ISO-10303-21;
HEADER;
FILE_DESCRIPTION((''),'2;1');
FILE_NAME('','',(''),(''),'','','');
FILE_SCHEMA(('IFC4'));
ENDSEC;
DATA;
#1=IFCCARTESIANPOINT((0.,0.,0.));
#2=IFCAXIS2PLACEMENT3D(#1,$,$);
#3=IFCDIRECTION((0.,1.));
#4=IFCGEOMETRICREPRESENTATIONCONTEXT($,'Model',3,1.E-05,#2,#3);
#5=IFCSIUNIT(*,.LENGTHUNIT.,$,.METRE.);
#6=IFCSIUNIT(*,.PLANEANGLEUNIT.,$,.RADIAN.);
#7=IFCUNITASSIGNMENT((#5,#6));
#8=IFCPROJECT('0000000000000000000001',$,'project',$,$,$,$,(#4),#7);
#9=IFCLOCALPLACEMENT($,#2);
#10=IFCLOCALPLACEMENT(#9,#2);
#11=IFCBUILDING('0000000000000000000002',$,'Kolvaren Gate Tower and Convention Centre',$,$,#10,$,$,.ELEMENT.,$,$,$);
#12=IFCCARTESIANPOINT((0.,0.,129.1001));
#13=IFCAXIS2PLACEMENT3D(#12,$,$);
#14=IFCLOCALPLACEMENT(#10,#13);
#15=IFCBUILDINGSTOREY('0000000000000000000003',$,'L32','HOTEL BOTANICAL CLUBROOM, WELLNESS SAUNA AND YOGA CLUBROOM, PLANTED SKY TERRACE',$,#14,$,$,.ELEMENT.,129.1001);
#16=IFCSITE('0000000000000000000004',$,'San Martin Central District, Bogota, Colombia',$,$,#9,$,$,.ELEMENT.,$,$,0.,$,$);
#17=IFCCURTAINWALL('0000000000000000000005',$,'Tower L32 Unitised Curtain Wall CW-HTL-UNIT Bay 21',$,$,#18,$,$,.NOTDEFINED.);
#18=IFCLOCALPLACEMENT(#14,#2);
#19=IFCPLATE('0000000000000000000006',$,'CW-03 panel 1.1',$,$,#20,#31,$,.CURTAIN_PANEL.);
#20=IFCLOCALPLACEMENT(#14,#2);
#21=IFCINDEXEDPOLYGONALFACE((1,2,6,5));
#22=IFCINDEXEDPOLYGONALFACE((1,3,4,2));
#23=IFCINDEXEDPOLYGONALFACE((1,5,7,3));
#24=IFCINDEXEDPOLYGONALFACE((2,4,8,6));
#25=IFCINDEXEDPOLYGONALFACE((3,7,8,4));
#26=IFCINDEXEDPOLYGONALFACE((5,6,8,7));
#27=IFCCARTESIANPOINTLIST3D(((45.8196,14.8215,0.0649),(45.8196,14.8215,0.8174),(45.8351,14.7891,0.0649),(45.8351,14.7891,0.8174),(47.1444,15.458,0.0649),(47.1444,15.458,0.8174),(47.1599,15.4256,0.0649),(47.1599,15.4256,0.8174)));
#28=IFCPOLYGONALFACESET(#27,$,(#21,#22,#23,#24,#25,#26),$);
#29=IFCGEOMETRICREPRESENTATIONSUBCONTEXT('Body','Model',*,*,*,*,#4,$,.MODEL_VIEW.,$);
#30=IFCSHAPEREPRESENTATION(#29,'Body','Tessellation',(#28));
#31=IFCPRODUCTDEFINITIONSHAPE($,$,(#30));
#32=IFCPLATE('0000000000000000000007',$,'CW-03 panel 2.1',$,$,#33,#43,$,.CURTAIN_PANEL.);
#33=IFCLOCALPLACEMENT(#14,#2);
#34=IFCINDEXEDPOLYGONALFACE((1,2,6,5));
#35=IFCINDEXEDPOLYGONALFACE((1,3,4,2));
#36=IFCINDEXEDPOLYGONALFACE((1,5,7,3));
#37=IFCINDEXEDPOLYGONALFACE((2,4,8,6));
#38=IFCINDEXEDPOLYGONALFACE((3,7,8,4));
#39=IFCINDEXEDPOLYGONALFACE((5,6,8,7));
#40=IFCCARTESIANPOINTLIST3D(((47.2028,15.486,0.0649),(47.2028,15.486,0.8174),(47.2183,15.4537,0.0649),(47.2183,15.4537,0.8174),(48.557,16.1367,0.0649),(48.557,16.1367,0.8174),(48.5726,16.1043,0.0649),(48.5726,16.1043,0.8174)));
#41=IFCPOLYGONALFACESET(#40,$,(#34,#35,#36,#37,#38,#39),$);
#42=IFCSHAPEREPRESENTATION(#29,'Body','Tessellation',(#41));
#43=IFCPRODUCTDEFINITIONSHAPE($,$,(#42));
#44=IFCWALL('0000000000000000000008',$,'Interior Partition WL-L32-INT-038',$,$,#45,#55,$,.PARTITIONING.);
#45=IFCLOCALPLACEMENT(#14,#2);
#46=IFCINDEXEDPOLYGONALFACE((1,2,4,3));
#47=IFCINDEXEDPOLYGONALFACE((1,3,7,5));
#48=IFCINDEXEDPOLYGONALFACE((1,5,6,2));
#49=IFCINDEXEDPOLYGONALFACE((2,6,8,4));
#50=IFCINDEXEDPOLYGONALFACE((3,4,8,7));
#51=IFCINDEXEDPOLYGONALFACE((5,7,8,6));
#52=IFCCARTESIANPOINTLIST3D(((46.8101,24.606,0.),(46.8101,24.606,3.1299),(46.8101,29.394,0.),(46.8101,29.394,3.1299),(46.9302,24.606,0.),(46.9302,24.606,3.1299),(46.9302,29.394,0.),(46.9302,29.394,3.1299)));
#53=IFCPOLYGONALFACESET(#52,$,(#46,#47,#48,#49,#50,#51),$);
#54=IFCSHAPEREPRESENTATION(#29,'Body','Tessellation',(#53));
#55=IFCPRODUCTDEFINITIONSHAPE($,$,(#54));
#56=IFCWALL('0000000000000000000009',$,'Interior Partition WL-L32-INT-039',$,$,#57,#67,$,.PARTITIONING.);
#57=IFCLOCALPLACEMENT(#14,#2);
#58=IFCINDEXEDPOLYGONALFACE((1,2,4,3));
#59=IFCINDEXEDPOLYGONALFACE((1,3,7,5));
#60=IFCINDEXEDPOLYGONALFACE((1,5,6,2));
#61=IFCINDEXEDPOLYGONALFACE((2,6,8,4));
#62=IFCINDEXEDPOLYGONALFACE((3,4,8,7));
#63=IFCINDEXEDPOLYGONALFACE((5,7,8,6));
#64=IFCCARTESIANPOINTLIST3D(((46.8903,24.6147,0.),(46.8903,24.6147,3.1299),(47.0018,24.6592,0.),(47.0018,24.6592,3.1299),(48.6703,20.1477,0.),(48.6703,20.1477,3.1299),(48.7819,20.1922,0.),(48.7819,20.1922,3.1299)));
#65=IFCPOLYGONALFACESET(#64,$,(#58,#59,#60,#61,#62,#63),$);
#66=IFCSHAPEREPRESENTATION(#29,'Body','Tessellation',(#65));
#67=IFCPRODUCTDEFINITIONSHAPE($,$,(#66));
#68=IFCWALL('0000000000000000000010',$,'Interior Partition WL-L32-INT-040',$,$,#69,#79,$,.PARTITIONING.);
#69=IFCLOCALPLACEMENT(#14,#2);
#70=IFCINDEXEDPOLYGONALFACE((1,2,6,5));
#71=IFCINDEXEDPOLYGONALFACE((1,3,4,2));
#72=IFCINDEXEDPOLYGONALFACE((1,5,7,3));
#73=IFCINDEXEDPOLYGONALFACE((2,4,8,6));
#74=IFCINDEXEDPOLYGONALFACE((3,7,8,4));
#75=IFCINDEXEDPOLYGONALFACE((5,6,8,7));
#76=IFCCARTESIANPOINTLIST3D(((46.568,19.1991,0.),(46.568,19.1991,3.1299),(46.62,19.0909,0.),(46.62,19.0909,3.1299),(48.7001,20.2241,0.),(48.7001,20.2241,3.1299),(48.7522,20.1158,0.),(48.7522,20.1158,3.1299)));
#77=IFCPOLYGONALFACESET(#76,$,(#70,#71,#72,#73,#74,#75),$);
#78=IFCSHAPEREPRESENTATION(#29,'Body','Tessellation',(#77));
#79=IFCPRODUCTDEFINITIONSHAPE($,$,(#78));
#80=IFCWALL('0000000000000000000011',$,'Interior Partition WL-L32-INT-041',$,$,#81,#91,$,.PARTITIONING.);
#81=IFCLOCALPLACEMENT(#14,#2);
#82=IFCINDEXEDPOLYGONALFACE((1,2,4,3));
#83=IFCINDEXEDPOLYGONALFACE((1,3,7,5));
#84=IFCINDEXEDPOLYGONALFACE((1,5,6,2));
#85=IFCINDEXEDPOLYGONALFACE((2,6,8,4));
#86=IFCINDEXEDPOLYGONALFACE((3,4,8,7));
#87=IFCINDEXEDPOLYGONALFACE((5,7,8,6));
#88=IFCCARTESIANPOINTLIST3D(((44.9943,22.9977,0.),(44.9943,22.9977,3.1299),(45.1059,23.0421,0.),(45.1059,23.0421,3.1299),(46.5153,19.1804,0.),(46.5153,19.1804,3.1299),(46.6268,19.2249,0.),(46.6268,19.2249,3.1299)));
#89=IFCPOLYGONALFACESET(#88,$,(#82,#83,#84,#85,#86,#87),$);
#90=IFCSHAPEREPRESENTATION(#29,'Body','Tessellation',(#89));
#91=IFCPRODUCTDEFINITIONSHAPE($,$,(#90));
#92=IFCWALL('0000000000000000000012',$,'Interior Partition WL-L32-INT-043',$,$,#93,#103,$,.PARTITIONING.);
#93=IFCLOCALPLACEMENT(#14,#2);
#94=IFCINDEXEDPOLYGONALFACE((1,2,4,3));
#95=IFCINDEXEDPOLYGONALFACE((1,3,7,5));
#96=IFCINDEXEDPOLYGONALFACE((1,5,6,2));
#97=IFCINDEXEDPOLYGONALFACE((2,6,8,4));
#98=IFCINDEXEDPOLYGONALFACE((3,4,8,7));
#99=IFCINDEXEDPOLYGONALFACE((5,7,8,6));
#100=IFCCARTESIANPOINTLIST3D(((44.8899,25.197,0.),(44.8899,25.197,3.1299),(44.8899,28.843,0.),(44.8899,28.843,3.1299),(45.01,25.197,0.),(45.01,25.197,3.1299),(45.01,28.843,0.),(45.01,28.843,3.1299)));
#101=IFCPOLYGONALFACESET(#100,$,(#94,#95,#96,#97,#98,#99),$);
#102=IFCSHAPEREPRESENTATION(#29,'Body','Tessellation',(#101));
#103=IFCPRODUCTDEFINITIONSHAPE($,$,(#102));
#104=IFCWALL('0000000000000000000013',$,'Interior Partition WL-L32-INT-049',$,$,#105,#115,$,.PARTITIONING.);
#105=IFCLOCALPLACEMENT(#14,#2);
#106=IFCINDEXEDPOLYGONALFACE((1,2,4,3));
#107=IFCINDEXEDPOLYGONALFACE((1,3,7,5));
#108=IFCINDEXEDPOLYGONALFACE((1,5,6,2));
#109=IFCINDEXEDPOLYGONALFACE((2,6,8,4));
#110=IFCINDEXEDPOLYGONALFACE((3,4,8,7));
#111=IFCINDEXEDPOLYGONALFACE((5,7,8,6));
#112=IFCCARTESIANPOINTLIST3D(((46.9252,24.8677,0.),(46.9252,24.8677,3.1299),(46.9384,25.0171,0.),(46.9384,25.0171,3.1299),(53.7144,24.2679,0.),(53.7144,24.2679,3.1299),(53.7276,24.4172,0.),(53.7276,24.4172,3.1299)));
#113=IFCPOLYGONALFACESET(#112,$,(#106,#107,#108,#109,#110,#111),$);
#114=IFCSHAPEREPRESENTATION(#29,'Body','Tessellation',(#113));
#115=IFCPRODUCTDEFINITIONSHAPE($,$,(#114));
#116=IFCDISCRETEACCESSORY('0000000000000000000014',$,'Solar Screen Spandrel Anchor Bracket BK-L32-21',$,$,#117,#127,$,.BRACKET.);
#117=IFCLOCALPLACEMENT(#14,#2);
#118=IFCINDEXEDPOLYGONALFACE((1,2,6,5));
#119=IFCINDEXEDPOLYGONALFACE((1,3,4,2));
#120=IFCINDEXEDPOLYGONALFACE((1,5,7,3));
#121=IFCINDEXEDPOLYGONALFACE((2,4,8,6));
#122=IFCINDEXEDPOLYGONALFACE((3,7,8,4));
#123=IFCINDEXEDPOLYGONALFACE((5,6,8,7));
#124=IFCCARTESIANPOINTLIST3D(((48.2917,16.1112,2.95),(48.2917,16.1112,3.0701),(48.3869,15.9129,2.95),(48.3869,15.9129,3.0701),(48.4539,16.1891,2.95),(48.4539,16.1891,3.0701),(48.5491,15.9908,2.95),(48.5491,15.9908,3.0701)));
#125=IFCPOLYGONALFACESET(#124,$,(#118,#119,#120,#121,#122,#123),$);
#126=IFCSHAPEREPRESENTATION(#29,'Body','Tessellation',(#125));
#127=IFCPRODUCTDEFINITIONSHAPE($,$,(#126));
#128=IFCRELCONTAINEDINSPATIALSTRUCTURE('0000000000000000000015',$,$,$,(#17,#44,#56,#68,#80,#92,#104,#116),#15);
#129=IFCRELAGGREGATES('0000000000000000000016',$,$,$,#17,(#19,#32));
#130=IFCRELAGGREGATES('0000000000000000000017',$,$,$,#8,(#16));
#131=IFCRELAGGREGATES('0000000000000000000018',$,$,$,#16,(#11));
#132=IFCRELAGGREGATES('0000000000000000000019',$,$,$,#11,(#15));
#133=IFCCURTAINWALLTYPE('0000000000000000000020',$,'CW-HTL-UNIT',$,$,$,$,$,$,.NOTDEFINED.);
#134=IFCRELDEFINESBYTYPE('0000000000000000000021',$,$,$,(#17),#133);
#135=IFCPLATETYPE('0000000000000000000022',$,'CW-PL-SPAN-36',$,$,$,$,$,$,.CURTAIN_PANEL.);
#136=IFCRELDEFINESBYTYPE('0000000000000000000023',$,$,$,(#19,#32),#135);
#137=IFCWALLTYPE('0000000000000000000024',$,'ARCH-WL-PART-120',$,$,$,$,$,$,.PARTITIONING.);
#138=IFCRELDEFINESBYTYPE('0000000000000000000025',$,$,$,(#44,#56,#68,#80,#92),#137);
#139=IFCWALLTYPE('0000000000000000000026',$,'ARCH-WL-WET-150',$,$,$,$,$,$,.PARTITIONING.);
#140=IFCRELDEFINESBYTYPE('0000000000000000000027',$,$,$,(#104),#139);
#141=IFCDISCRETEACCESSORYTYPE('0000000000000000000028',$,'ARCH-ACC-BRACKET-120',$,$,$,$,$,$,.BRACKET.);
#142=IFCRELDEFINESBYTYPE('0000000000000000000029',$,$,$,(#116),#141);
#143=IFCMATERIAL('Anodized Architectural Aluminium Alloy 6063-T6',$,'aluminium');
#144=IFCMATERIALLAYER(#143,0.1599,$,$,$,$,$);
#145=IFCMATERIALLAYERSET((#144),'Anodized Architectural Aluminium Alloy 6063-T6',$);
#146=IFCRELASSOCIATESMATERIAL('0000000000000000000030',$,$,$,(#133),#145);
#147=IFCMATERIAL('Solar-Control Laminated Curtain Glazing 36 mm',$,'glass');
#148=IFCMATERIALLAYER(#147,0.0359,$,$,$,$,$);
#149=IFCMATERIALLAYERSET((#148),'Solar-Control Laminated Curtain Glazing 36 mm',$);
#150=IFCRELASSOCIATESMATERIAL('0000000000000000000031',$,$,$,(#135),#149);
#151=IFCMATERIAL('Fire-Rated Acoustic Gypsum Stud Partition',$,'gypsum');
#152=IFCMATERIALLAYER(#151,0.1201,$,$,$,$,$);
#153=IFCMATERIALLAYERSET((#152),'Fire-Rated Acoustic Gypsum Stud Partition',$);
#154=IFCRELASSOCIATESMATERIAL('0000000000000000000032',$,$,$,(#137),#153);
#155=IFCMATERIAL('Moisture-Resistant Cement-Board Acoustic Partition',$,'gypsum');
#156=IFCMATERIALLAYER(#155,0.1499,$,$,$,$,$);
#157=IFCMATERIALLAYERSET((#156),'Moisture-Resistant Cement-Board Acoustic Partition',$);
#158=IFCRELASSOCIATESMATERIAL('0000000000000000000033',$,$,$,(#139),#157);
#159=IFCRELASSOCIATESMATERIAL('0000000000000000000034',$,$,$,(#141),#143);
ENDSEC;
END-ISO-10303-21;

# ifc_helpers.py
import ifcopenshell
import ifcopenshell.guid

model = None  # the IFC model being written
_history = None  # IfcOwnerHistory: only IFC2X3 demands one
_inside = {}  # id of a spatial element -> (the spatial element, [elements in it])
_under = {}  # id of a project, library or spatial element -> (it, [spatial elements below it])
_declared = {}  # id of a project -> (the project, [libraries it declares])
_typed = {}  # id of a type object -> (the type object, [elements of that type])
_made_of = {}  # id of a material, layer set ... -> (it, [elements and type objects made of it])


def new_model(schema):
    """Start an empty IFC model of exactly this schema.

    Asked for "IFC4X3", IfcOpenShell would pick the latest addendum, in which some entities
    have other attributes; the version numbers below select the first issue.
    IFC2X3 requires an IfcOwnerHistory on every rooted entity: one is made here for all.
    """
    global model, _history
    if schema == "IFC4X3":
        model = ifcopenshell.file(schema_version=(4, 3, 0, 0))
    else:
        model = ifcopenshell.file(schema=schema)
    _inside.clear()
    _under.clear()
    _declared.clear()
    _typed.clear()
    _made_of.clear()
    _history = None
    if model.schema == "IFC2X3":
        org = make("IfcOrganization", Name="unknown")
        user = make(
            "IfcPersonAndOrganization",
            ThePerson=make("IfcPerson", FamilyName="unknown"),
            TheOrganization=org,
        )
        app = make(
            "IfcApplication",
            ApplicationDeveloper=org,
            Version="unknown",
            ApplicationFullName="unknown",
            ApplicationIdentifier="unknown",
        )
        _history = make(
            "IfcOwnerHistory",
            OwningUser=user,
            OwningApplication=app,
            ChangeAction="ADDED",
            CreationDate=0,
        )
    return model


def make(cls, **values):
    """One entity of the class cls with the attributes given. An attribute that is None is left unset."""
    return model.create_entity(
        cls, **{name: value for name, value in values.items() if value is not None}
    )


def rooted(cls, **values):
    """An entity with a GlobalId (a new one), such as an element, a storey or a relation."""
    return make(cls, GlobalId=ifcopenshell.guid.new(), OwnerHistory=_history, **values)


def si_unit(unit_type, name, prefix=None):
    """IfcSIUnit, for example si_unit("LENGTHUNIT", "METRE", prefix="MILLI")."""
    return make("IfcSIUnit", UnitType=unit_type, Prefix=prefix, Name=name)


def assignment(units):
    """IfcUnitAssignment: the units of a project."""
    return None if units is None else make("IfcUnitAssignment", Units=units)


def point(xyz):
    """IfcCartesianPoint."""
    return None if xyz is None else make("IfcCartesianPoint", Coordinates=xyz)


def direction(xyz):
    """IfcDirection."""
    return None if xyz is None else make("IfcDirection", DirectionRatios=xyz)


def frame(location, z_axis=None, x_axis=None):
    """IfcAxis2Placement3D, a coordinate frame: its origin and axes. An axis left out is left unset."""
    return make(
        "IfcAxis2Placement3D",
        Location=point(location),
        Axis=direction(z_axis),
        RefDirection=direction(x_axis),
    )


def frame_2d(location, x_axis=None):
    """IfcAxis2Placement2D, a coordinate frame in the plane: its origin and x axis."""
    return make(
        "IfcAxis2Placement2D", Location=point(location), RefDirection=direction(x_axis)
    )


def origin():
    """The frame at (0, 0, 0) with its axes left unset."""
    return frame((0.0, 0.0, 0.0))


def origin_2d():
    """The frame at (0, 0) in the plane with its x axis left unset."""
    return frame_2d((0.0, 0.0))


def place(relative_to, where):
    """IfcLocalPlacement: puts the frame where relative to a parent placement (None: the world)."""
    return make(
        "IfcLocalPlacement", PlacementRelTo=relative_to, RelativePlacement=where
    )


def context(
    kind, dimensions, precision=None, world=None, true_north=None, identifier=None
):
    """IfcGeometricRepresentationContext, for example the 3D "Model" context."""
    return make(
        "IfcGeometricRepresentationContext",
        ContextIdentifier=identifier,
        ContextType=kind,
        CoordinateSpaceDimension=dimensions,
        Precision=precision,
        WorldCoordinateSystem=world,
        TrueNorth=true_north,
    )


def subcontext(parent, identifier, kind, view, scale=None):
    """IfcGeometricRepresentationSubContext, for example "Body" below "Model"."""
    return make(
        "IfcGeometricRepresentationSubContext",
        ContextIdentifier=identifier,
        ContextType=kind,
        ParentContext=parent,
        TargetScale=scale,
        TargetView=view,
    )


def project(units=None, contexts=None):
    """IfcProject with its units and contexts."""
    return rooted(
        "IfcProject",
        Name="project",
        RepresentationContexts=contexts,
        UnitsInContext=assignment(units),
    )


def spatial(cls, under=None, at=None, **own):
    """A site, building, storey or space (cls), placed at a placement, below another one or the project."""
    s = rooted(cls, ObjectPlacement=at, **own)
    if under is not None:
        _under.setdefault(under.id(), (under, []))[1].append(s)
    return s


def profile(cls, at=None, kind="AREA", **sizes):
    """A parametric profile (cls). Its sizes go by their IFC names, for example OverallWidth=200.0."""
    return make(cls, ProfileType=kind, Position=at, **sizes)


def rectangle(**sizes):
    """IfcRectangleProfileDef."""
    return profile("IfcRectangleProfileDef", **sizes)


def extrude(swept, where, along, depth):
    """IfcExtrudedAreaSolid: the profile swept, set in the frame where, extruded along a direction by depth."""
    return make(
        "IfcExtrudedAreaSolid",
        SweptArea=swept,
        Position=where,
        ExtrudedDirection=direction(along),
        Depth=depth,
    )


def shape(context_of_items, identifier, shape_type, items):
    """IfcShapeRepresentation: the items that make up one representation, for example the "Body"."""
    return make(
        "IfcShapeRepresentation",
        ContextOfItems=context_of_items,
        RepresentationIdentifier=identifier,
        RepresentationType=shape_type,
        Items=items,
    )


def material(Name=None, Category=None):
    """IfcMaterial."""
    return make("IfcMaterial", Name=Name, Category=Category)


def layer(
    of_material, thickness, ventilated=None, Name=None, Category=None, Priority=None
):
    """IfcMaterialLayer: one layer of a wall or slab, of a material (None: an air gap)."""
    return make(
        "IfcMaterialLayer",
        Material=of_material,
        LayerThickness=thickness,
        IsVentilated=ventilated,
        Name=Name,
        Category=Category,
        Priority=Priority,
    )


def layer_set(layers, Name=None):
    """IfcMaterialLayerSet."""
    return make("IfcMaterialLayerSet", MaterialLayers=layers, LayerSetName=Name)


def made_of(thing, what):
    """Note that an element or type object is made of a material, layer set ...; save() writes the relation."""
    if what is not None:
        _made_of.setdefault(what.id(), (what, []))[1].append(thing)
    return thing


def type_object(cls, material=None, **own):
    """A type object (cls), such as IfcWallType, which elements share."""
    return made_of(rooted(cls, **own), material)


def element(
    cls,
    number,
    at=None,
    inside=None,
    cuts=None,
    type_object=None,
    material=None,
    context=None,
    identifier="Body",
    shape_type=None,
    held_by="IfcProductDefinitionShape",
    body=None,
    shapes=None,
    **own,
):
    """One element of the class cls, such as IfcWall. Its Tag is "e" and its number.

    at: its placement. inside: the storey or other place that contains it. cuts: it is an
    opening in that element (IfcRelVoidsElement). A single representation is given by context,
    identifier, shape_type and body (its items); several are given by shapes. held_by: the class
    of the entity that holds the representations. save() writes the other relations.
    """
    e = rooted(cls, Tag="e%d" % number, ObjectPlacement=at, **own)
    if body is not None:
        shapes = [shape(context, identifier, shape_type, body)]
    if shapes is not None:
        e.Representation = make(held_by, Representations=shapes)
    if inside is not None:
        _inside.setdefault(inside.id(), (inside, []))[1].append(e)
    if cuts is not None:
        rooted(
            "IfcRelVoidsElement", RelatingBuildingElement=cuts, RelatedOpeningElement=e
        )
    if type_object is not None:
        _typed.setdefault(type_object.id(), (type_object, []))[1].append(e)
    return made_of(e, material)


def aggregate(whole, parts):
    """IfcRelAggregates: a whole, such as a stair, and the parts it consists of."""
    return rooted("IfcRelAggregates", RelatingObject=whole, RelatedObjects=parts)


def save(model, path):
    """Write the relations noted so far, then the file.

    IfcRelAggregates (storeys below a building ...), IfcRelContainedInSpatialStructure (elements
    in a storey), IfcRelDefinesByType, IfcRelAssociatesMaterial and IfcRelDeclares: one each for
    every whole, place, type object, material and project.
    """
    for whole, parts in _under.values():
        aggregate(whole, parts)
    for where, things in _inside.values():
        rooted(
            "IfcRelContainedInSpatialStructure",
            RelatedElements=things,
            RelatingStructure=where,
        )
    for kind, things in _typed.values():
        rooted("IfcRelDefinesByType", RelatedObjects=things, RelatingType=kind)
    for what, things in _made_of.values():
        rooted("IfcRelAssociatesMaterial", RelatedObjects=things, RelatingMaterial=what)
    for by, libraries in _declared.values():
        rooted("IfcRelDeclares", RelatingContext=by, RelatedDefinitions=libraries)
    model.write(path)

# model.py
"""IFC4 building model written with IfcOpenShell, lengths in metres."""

from ifc_helpers import new_model, si_unit, direction, frame, frame_2d, origin, origin_2d, place, context, subcontext, project, spatial, rectangle, extrude, material, layer, layer_set, type_object, element, aggregate, save


model = new_model("IFC4")

# Units and contexts
model_context = context("Model", 3, precision=1e-05, world=origin(), true_north=direction((0.0, 1.0)))
body_context = subcontext(model_context, "Body", "Model", "MODEL_VIEW")
ifc_project = project(units=[si_unit("LENGTHUNIT", "METRE"), si_unit("PLANEANGLEUNIT", "RADIAN")], contexts=[model_context])

# Site, building, storey
site_placement = place(None, origin())
site = spatial("IfcSite", under=ifc_project, at=site_placement, Name="San Martin Central District, Bogota, Colombia", CompositionType="ELEMENT", RefElevation=0.0)
building_placement = place(site_placement, origin())
building = spatial("IfcBuilding", under=site, at=building_placement, Name="Kolvaren Gate Tower and Convention Centre", CompositionType="ELEMENT")
storey_placement = place(building_placement, frame((0.0, 0.0, 129.1001)))
storey = spatial("IfcBuildingStorey", under=building, at=storey_placement, Name="L32", Description="HOTEL BOTANICAL CLUBROOM, WELLNESS SAUNA AND YOGA CLUBROOM, PLANTED SKY TERRACE", CompositionType="ELEMENT", Elevation=129.1001)

# Curtain wall
ifc_material_1 = material(Name="Anodized Architectural Aluminium Alloy 6063-T6", Category="aluminium")
ifc_layer_1 = layer(ifc_material_1, 0.1599)
ifc_layer_set_1 = layer_set([ifc_layer_1], Name="Anodized Architectural Aluminium Alloy 6063-T6")
curtain_wall_type = type_object("IfcCurtainWallType", Name="CW-HTL-UNIT", PredefinedType="NOTDEFINED", material=ifc_layer_set_1)
curtain_wall_placement = place(storey_placement, origin())
curtain_wall = element("IfcCurtainWall", 1, at=curtain_wall_placement, inside=storey, type_object=curtain_wall_type, Name="Tower L32 Unitised Curtain Wall CW-HTL-UNIT Bay 21", PredefinedType="NOTDEFINED")

# Plates
ifc_material_2 = material(Name="Solar-Control Laminated Curtain Glazing 36 mm", Category="glass")
ifc_layer_2 = layer(ifc_material_2, 0.0359)
ifc_layer_set_2 = layer_set([ifc_layer_2], Name="Solar-Control Laminated Curtain Glazing 36 mm")
plate_type_1 = type_object("IfcPlateType", Name="CW-PL-SPAN-36", PredefinedType="CURTAIN_PANEL", material=ifc_layer_set_2)
plate_1_placement = place(storey_placement, frame((46.4897, 15.1235, 0.0649), z_axis=(0.0, 0.0, 1.0), x_axis=(0.90136, 0.433071, 0.0)))
plate_1 = element("IfcPlate", 2, at=plate_1_placement, type_object=plate_type_1, Name="CW-03 panel 1.1", PredefinedType="CURTAIN_PANEL", context=body_context, shape_type="SweptSolid", body=[
    extrude(rectangle(XDim=1.4697, YDim=0.0359, at=origin_2d()), origin(), (0.0, 0.0, 1.0), 0.7524),
])
plate_2_placement = place(storey_placement, frame((47.8877, 15.7952, 0.0649), z_axis=(0.0, 0.0, 1.0), x_axis=(0.90136, 0.433071, 0.0)))
plate_2 = element("IfcPlate", 3, at=plate_2_placement, type_object=plate_type_1, Name="CW-03 panel 2.1", PredefinedType="CURTAIN_PANEL", context=body_context, shape_type="SweptSolid", body=[
    extrude(rectangle(XDim=1.5024, YDim=0.0359, at=origin_2d()), origin(), (0.0, 0.0, 1.0), 0.7524),
])
aggregate(curtain_wall, [plate_1, plate_2])

# Walls
ifc_material_3 = material(Name="Fire-Rated Acoustic Gypsum Stud Partition", Category="gypsum")
ifc_layer_3 = layer(ifc_material_3, 0.1201)
ifc_layer_set_3 = layer_set([ifc_layer_3], Name="Fire-Rated Acoustic Gypsum Stud Partition")
wall_type_1 = type_object("IfcWallType", Name="ARCH-WL-PART-120", PredefinedType="PARTITIONING", material=ifc_layer_set_3)
wall_1_placement = place(storey_placement, frame((46.8701, 24.606, 0.0), z_axis=(0.0, 0.0, 1.0), x_axis=(0.0, 1.0, 0.0)))
element("IfcWall", 4, at=wall_1_placement, inside=storey, type_object=wall_type_1, Name="Interior Partition WL-L32-INT-038", PredefinedType="PARTITIONING", context=body_context, shape_type="SweptSolid", body=[
    extrude(rectangle(XDim=4.7881, YDim=0.1201, at=frame_2d((2.394, 0.0))), origin(), (0.0, 0.0, 1.0), 3.1299),
])
wall_2_placement = place(storey_placement, frame((46.946, 24.637, 0.0), z_axis=(0.0, 0.0, 1.0), x_axis=(0.370174, -0.928963, 0.0)))
element("IfcWall", 5, at=wall_2_placement, inside=storey, type_object=wall_type_1, Name="Interior Partition WL-L32-INT-039", PredefinedType="PARTITIONING", context=body_context, shape_type="SweptSolid", body=[
    extrude(rectangle(XDim=4.8086, YDim=0.1201, at=frame_2d((2.4043, 0.0))), origin(), (0.0, 0.0, 1.0), 3.1299),
])
wall_3_placement = place(storey_placement, frame((46.594, 19.145, 0.0), z_axis=(0.0, 0.0, 1.0), x_axis=(0.901275, 0.433248, 0.0)))
element("IfcWall", 6, at=wall_3_placement, inside=storey, type_object=wall_type_1, Name="Interior Partition WL-L32-INT-040", PredefinedType="PARTITIONING", context=body_context, shape_type="SweptSolid", body=[
    extrude(rectangle(XDim=2.3657, YDim=0.1201, at=frame_2d((1.1829, 0.0))), origin(), (0.0, 0.0, 1.0), 3.1299),
])
wall_4_placement = place(storey_placement, frame((45.05, 23.02, 0.0), z_axis=(0.0, 0.0, 1.0), x_axis=(0.370141, -0.928976, 0.0)))
element("IfcWall", 7, at=wall_4_placement, inside=storey, type_object=wall_type_1, Name="Interior Partition WL-L32-INT-041", PredefinedType="PARTITIONING", context=body_context, shape_type="SweptSolid", body=[
    extrude(rectangle(XDim=4.1091, YDim=0.1201, at=frame_2d((2.0547, 0.0))), origin(), (0.0, 0.0, 1.0), 3.1299),
])
wall_5_placement = place(storey_placement, frame((44.95, 25.197, 0.0), z_axis=(0.0, 0.0, 1.0), x_axis=(0.0, 1.0, 0.0)))
element("IfcWall", 8, at=wall_5_placement, inside=storey, type_object=wall_type_1, Name="Interior Partition WL-L32-INT-043", PredefinedType="PARTITIONING", context=body_context, shape_type="SweptSolid", body=[
    extrude(rectangle(XDim=3.646, YDim=0.1201, at=frame_2d((1.823, 0.0))), origin(), (0.0, 0.0, 1.0), 3.1299),
])
ifc_material_4 = material(Name="Moisture-Resistant Cement-Board Acoustic Partition", Category="gypsum")
ifc_layer_4 = layer(ifc_material_4, 0.1499)
ifc_layer_set_4 = layer_set([ifc_layer_4], Name="Moisture-Resistant Cement-Board Acoustic Partition")
wall_type_2 = type_object("IfcWallType", Name="ARCH-WL-WET-150", PredefinedType="PARTITIONING", material=ifc_layer_set_4)
wall_6_placement = place(storey_placement, frame((46.9319, 24.9424, 0.0), z_axis=(0.0, 0.0, 1.0), x_axis=(0.99612, -0.08801, 0.0)))
element("IfcWall", 9, at=wall_6_placement, inside=storey, type_object=wall_type_2, Name="Interior Partition WL-L32-INT-049", PredefinedType="PARTITIONING", context=body_context, shape_type="SweptSolid", body=[
    extrude(rectangle(XDim=6.8157, YDim=0.1499, at=frame_2d((3.4077, 0.0))), origin(), (0.0, 0.0, 1.0), 3.1299),
])

# Discrete accessory
discrete_accessory_type = type_object("IfcDiscreteAccessoryType", Name="ARCH-ACC-BRACKET-120", PredefinedType="BRACKET", material=ifc_material_1)
discrete_accessory_placement = place(storey_placement, frame((48.4204, 16.051, 2.95), z_axis=(0.0, 0.0, 1.0), x_axis=(0.901363, 0.433065, 0.0)))
element("IfcDiscreteAccessory", 10, at=discrete_accessory_placement, inside=storey, type_object=discrete_accessory_type, Name="Solar Screen Spandrel Anchor Bracket BK-L32-21", PredefinedType="BRACKET", context=body_context, shape_type="SweptSolid", body=[
    extrude(rectangle(XDim=0.1799, YDim=0.22, at=origin_2d()), origin(), (0.0, 0.0, 1.0), 0.1201),
])

save(model, "model.ifc")
